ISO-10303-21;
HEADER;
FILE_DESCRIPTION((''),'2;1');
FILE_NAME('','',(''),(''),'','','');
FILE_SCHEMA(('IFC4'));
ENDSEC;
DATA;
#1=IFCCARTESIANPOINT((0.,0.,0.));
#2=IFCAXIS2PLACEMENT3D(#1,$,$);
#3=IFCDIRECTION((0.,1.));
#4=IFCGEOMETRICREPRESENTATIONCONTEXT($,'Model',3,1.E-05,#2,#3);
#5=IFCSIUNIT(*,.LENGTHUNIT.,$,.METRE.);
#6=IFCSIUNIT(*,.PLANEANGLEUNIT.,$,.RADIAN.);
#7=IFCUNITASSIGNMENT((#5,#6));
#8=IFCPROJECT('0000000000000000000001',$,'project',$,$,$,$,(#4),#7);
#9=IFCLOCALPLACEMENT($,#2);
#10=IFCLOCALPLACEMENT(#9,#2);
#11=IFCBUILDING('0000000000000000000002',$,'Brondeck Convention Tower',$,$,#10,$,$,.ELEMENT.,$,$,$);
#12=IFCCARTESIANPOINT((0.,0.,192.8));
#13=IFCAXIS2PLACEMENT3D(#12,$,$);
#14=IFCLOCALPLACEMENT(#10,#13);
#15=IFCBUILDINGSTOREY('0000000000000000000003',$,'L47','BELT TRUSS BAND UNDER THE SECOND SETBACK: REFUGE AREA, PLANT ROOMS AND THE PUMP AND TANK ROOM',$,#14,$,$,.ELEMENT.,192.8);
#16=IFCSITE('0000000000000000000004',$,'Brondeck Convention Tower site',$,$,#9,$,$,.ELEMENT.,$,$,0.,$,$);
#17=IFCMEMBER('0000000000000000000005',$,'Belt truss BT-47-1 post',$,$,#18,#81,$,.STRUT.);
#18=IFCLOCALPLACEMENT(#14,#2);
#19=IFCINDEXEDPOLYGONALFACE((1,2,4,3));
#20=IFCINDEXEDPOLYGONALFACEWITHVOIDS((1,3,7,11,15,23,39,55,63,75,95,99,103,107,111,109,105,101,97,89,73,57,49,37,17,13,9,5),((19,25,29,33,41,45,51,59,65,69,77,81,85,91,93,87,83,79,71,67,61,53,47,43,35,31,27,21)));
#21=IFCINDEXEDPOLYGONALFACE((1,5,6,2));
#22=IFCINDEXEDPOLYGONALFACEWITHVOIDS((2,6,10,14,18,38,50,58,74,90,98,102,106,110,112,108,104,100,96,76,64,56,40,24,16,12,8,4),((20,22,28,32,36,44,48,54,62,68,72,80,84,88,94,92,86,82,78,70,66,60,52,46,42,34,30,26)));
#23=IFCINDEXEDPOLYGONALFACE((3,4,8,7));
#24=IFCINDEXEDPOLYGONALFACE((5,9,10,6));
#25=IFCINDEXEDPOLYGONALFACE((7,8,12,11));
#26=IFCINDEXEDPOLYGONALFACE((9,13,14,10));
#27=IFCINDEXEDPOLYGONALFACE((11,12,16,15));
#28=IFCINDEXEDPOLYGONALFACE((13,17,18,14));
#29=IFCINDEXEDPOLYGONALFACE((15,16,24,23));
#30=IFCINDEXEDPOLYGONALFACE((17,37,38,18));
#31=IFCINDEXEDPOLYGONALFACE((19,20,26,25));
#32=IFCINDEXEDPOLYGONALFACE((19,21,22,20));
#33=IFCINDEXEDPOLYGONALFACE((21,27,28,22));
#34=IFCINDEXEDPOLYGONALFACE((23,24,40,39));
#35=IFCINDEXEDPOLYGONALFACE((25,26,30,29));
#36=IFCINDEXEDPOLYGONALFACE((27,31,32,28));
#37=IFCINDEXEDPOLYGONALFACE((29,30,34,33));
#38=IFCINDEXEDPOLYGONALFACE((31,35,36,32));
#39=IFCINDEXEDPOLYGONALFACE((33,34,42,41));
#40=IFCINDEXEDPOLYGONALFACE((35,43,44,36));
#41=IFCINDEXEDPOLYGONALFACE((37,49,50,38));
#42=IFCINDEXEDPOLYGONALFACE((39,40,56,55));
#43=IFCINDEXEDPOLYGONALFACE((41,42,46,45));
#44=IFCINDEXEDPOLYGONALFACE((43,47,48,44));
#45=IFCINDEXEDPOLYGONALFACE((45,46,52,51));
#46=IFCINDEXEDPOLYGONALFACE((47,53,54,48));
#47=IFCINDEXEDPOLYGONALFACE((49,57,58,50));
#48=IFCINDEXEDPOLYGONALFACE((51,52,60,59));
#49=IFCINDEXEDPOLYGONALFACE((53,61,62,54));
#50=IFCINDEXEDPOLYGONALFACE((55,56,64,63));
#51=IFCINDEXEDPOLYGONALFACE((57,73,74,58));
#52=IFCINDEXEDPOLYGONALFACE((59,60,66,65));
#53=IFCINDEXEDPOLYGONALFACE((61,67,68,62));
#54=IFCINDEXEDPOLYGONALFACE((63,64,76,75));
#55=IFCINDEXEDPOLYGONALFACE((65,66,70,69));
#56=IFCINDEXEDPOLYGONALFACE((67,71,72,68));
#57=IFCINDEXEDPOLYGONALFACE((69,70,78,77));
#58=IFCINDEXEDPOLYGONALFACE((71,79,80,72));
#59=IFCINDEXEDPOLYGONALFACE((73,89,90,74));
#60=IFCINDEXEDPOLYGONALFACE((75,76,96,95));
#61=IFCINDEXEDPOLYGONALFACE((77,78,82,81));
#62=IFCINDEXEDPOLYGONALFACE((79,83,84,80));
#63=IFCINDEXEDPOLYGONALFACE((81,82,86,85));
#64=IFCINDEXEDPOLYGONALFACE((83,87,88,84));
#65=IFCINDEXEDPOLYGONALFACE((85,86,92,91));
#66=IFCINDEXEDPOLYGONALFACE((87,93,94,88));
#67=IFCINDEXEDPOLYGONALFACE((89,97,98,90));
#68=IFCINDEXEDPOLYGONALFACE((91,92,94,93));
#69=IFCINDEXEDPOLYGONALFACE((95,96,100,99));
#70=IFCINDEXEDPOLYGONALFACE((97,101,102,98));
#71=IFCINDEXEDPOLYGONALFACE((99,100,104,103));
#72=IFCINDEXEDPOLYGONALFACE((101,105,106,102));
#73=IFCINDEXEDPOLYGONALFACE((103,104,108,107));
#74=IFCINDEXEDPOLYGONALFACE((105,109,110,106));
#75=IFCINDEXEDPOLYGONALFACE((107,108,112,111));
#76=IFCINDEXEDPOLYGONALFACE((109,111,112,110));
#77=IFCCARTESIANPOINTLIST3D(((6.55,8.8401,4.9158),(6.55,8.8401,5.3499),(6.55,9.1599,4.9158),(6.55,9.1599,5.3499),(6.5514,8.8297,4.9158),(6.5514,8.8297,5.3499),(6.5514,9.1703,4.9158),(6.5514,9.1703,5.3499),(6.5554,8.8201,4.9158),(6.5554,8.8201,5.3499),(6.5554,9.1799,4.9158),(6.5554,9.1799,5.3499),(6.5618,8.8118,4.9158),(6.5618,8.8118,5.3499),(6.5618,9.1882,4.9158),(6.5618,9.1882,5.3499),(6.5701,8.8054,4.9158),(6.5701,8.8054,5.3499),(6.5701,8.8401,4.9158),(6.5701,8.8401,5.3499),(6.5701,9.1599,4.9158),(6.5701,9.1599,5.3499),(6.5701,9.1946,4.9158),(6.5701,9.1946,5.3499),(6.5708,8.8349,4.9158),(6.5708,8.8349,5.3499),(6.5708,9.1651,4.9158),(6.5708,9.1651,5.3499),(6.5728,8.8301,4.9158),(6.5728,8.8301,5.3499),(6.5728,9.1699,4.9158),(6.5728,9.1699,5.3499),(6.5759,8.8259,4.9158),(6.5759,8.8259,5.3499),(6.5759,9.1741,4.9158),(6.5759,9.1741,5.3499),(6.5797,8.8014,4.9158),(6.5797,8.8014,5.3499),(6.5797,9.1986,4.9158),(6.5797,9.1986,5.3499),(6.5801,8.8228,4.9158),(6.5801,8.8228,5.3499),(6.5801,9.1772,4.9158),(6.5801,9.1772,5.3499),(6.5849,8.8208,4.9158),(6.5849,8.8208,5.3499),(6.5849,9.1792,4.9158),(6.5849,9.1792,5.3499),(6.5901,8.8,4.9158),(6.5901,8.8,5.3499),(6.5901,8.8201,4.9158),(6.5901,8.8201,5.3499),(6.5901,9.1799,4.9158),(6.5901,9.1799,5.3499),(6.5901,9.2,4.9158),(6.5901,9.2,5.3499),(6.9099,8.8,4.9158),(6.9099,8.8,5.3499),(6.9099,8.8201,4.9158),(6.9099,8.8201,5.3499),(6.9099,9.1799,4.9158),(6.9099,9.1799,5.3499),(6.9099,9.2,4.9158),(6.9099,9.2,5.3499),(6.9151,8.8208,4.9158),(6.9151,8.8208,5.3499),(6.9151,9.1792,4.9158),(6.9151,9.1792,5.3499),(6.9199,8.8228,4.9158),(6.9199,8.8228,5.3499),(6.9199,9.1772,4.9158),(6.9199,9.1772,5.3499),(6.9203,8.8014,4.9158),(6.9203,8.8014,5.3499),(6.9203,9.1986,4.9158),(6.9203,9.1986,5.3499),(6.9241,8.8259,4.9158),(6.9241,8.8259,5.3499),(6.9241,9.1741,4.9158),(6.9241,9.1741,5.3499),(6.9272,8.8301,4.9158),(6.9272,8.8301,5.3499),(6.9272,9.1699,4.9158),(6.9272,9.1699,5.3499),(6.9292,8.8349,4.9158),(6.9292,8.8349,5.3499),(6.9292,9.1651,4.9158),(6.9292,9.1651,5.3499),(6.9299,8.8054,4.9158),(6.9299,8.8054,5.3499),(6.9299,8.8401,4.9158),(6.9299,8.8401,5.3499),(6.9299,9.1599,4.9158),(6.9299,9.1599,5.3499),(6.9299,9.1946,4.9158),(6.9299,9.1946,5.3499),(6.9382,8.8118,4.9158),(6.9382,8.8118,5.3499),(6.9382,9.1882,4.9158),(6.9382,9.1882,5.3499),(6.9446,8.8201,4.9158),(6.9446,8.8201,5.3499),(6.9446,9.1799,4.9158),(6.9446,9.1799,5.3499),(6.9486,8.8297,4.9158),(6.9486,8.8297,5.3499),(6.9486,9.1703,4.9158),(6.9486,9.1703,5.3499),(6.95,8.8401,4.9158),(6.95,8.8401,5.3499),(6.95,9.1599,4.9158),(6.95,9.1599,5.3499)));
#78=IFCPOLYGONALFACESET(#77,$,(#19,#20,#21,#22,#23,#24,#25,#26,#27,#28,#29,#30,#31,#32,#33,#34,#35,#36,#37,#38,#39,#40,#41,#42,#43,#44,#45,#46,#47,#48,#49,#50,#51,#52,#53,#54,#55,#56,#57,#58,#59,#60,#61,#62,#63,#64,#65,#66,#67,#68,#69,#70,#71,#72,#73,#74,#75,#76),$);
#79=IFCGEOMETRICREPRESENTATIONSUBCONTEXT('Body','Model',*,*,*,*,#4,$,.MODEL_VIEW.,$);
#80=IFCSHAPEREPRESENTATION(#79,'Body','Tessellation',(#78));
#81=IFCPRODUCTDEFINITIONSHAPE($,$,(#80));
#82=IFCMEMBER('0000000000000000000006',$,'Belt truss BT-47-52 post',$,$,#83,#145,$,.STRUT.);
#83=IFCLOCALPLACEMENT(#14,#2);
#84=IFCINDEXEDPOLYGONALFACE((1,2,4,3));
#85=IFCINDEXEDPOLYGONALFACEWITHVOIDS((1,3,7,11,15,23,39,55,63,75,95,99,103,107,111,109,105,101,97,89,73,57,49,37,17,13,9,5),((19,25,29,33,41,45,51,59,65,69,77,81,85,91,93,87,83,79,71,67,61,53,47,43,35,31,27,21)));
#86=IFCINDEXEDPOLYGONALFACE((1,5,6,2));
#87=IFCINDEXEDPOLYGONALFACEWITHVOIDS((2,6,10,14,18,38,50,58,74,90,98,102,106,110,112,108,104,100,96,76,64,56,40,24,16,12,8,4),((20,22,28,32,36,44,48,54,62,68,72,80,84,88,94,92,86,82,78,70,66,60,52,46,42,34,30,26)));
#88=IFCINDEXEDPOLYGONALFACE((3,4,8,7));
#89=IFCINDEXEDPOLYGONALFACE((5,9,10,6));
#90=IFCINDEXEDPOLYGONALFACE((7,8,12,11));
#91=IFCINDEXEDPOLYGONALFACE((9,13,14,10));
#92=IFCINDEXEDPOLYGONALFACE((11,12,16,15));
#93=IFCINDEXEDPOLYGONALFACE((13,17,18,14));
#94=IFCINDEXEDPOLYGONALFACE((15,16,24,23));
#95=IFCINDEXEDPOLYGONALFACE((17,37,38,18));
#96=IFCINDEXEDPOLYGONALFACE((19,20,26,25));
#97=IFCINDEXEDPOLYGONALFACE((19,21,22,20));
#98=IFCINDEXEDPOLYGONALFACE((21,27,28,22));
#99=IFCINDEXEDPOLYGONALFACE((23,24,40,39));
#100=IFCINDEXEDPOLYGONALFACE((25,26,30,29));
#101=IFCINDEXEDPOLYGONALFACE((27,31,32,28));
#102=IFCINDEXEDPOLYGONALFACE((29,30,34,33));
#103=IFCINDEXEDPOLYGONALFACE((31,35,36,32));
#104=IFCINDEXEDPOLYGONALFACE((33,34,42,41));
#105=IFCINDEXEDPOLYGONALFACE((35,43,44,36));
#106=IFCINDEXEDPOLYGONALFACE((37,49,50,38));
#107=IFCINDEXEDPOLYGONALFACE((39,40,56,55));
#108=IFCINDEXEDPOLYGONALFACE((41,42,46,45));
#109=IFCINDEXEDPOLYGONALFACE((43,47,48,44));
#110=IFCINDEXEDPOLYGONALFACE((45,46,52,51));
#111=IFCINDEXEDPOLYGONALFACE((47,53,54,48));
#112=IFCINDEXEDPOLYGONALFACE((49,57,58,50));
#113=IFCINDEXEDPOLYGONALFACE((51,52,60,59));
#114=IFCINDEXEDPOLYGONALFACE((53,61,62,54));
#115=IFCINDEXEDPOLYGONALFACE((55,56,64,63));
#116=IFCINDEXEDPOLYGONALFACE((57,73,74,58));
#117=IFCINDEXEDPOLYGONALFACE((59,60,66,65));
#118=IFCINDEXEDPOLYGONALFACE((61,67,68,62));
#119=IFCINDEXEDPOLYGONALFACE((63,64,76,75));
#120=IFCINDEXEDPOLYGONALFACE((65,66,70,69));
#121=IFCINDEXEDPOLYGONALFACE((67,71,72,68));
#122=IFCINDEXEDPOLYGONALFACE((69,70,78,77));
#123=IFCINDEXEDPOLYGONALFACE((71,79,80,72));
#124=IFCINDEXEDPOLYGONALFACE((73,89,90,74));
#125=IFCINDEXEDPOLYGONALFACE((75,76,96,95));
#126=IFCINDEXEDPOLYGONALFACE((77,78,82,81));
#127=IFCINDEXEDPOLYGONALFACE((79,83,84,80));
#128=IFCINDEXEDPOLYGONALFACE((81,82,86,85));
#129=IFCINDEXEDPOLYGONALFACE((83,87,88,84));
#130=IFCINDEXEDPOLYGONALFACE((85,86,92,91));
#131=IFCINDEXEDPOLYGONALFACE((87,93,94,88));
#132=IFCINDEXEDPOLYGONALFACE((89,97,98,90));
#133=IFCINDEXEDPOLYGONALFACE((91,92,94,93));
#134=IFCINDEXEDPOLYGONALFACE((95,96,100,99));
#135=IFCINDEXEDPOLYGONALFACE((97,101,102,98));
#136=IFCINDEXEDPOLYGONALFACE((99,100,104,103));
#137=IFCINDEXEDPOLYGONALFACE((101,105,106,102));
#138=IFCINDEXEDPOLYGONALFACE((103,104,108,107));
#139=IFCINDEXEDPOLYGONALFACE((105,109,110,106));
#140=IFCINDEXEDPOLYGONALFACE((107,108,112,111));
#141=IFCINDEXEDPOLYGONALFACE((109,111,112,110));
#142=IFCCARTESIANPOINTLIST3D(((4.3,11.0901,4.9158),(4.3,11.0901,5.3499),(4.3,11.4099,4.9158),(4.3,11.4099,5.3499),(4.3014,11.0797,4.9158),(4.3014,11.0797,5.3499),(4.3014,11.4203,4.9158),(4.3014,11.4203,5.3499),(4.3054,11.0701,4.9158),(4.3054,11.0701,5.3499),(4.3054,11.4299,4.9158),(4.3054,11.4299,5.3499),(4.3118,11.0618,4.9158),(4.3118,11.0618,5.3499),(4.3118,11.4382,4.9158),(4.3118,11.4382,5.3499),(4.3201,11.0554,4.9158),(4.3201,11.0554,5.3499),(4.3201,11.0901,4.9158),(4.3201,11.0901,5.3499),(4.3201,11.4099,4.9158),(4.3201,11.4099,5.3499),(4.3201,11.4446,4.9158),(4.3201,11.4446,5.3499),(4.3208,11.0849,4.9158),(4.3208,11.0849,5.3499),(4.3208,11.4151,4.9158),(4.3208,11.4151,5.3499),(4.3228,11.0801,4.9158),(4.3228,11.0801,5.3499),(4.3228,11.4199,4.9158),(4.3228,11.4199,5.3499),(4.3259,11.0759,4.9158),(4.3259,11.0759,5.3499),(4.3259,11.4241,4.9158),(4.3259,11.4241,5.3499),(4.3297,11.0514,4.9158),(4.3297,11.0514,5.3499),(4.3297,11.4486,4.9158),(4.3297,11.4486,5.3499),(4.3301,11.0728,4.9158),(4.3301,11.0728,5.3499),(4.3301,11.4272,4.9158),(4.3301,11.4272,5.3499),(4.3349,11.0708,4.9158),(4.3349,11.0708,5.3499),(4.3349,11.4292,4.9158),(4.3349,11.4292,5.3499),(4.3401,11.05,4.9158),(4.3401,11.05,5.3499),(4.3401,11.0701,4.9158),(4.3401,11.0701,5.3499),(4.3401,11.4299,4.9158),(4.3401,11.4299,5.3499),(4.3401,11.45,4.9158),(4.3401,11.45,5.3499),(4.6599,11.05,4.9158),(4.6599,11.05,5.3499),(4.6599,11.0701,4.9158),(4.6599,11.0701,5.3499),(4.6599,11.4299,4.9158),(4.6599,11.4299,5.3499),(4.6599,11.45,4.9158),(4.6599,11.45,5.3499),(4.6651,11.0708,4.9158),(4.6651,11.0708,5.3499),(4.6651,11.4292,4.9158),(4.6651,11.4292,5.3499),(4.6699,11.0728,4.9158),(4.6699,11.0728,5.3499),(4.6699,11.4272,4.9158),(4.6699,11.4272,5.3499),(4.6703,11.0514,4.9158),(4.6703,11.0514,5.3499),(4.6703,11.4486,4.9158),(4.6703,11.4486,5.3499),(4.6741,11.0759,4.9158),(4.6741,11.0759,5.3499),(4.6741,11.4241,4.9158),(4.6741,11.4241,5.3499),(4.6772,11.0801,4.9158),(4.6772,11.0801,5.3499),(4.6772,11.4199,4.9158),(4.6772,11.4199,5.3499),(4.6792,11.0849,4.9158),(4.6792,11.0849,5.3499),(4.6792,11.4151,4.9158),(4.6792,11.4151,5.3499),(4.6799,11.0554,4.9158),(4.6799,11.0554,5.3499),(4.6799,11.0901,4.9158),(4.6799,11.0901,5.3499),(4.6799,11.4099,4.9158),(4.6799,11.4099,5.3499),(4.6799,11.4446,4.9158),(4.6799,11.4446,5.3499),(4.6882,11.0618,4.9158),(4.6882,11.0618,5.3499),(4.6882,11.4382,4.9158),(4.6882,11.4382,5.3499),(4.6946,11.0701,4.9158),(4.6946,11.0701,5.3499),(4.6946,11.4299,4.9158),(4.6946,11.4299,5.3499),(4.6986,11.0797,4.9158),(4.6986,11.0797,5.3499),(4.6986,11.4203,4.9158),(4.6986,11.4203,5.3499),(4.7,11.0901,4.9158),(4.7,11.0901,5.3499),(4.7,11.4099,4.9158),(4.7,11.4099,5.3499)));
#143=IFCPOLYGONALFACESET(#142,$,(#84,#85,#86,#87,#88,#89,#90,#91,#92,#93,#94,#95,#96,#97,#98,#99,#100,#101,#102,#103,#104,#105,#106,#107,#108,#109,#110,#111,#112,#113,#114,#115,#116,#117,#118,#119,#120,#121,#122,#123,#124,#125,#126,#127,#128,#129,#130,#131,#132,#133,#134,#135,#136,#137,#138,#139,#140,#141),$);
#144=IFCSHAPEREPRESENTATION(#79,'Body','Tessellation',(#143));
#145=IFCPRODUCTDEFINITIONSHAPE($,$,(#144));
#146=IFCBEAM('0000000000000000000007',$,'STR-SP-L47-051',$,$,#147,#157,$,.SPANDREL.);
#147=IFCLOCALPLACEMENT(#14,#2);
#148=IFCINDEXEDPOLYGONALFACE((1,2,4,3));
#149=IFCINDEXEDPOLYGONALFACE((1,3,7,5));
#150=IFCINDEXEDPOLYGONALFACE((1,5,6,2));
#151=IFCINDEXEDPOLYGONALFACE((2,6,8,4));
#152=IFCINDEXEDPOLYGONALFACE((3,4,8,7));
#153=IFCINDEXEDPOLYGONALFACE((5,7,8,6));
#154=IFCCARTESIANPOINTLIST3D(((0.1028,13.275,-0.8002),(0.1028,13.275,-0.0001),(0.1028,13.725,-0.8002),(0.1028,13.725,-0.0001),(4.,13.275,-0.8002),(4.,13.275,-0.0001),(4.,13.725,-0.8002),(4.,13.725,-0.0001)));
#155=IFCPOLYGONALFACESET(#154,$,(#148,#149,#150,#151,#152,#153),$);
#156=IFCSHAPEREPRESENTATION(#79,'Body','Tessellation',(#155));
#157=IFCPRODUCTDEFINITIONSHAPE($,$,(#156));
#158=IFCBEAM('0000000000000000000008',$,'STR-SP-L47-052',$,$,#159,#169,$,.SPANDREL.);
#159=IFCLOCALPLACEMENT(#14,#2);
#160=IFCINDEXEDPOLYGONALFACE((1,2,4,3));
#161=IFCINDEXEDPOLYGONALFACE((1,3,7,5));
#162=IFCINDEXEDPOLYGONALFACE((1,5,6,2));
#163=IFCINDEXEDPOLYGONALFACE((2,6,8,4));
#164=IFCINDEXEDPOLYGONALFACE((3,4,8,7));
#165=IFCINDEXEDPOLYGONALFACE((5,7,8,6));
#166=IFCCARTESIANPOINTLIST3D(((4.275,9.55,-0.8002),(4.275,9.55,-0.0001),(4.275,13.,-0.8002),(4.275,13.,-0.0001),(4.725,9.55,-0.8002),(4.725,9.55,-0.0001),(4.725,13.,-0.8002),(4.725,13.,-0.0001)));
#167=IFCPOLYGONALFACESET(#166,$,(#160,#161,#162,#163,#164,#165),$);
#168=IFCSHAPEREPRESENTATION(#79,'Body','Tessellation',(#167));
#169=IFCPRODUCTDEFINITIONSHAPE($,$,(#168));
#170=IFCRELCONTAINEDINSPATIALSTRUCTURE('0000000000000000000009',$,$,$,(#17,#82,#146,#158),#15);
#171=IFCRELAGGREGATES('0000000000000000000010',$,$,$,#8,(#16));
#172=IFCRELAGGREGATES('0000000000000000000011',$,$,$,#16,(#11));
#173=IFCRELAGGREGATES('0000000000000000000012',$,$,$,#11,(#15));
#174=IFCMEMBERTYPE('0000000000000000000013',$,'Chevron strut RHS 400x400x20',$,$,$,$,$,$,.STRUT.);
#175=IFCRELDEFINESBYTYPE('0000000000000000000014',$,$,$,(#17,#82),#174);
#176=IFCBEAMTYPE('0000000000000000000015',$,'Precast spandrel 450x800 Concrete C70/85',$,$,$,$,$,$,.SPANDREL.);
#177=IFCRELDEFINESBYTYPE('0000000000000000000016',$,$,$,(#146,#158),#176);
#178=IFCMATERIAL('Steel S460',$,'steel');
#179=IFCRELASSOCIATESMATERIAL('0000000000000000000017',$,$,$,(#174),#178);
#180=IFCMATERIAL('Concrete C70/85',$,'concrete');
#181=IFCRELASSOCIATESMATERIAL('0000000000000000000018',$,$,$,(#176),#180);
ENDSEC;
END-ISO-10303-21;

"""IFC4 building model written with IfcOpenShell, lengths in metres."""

from ifc_helpers import new_model, si_unit, direction, frame, origin, origin_2d, place, context, subcontext, project, spatial, rectangle, hollow_rectangle, extrude, material, material_profile, profile_set, type_object, element, save


model = new_model("IFC4")

# Units and contexts
model_context = context("Model", 3, precision=1e-05, world=origin(), true_north=direction((0.0, 1.0)))
body_context = subcontext(model_context, "Body", "Model", "MODEL_VIEW")
ifc_project = project(units=[si_unit("LENGTHUNIT", "METRE"), si_unit("PLANEANGLEUNIT", "RADIAN")], contexts=[model_context])

# Site, building, storey
site_placement = place(None, origin())
site = spatial("IfcSite", under=ifc_project, at=site_placement, Name="Brondeck Convention Tower site", CompositionType="ELEMENT", RefElevation=0.0)
building_placement = place(site_placement, origin())
building = spatial("IfcBuilding", under=site, at=building_placement, Name="Brondeck Convention Tower", CompositionType="ELEMENT")
storey_placement = place(building_placement, frame((0.0, 0.0, 192.8)))
storey = spatial("IfcBuildingStorey", under=building, at=storey_placement, Name="L47", Description="BELT TRUSS BAND UNDER THE SECOND SETBACK: REFUGE AREA, PLANT ROOMS AND THE PUMP AND TANK ROOM", CompositionType="ELEMENT", Elevation=192.8)

# Shared definitions
ifc_material_1 = material(Name="Concrete C70/85", Category="concrete")

# Members
ifc_material_2 = material(Name="Steel S460", Category="steel")
ifc_material_profile_1 = material_profile(ifc_material_2, hollow_rectangle(XDim=0.3999, YDim=0.3999, WallThickness=0.02, InnerFilletRadius=0.02, OuterFilletRadius=0.04, at=origin_2d()), Name="RHS 400x400x20")
ifc_profile_set_1 = profile_set([ifc_material_profile_1], Name="Steel S460")
member_type_1 = type_object("IfcMemberType", Name="Chevron strut RHS 400x400x20", PredefinedType="STRUT", material=ifc_profile_set_1)
for number, where, z_axis, x_axis, name in (
    (1, (6.75, 9.0, 4.9158), (0.0, 0.0, 1.0), (1.0, 0.0, 0.0), "Belt truss BT-47-1 post"),
    (2, (4.5, 11.25, 4.9158), (0.0, 0.0, 1.0), (1.0, 0.0, 0.0), "Belt truss BT-47-52 post"),
):
    element("IfcMember", number, at=place(storey_placement, frame(where, z_axis=z_axis, x_axis=x_axis)), inside=storey, type_object=member_type_1, Name=name, PredefinedType="STRUT", context=body_context, shape_type="SweptSolid", body=[
        extrude(hollow_rectangle(XDim=0.3999, YDim=0.3999, WallThickness=0.02, InnerFilletRadius=0.02, OuterFilletRadius=0.04, at=origin_2d()), origin(), (0.0, 0.0, 1.0), 0.4341),
    ])

# Beams
ifc_material_profile_2 = material_profile(ifc_material_1, rectangle(XDim=0.45, YDim=0.8, at=origin_2d()), Name="Precast spandrel 450x800 Concrete C70/85")
ifc_profile_set_2 = profile_set([ifc_material_profile_2], Name="Concrete C70/85")
beam_type = type_object("IfcBeamType", Name="Precast spandrel 450x800 Concrete C70/85", PredefinedType="SPANDREL", material=ifc_profile_set_2)
beam_1_placement = place(storey_placement, frame((0.1028, 13.5, -0.4001), z_axis=(1.0, 0.0, 0.0), x_axis=(0.0, 1.0, 0.0)))
element("IfcBeam", 3, at=beam_1_placement, inside=storey, type_object=beam_type, Name="STR-SP-L47-051", PredefinedType="SPANDREL", context=body_context, shape_type="SweptSolid", body=[
    extrude(rectangle(XDim=0.45, YDim=0.8, at=origin_2d()), origin(), (0.0, 0.0, 1.0), 3.8972),
])
beam_2_placement = place(storey_placement, frame((4.5, 13.0, -0.4001), z_axis=(0.0, -1.0, 0.0), x_axis=(1.0, 0.0, 0.0)))
element("IfcBeam", 4, at=beam_2_placement, inside=storey, type_object=beam_type, Name="STR-SP-L47-052", PredefinedType="SPANDREL", context=body_context, shape_type="SweptSolid", body=[
    extrude(rectangle(XDim=0.45, YDim=0.8, at=origin_2d()), origin(), (0.0, 0.0, 1.0), 3.45),
])

save(model, "model.ifc")
